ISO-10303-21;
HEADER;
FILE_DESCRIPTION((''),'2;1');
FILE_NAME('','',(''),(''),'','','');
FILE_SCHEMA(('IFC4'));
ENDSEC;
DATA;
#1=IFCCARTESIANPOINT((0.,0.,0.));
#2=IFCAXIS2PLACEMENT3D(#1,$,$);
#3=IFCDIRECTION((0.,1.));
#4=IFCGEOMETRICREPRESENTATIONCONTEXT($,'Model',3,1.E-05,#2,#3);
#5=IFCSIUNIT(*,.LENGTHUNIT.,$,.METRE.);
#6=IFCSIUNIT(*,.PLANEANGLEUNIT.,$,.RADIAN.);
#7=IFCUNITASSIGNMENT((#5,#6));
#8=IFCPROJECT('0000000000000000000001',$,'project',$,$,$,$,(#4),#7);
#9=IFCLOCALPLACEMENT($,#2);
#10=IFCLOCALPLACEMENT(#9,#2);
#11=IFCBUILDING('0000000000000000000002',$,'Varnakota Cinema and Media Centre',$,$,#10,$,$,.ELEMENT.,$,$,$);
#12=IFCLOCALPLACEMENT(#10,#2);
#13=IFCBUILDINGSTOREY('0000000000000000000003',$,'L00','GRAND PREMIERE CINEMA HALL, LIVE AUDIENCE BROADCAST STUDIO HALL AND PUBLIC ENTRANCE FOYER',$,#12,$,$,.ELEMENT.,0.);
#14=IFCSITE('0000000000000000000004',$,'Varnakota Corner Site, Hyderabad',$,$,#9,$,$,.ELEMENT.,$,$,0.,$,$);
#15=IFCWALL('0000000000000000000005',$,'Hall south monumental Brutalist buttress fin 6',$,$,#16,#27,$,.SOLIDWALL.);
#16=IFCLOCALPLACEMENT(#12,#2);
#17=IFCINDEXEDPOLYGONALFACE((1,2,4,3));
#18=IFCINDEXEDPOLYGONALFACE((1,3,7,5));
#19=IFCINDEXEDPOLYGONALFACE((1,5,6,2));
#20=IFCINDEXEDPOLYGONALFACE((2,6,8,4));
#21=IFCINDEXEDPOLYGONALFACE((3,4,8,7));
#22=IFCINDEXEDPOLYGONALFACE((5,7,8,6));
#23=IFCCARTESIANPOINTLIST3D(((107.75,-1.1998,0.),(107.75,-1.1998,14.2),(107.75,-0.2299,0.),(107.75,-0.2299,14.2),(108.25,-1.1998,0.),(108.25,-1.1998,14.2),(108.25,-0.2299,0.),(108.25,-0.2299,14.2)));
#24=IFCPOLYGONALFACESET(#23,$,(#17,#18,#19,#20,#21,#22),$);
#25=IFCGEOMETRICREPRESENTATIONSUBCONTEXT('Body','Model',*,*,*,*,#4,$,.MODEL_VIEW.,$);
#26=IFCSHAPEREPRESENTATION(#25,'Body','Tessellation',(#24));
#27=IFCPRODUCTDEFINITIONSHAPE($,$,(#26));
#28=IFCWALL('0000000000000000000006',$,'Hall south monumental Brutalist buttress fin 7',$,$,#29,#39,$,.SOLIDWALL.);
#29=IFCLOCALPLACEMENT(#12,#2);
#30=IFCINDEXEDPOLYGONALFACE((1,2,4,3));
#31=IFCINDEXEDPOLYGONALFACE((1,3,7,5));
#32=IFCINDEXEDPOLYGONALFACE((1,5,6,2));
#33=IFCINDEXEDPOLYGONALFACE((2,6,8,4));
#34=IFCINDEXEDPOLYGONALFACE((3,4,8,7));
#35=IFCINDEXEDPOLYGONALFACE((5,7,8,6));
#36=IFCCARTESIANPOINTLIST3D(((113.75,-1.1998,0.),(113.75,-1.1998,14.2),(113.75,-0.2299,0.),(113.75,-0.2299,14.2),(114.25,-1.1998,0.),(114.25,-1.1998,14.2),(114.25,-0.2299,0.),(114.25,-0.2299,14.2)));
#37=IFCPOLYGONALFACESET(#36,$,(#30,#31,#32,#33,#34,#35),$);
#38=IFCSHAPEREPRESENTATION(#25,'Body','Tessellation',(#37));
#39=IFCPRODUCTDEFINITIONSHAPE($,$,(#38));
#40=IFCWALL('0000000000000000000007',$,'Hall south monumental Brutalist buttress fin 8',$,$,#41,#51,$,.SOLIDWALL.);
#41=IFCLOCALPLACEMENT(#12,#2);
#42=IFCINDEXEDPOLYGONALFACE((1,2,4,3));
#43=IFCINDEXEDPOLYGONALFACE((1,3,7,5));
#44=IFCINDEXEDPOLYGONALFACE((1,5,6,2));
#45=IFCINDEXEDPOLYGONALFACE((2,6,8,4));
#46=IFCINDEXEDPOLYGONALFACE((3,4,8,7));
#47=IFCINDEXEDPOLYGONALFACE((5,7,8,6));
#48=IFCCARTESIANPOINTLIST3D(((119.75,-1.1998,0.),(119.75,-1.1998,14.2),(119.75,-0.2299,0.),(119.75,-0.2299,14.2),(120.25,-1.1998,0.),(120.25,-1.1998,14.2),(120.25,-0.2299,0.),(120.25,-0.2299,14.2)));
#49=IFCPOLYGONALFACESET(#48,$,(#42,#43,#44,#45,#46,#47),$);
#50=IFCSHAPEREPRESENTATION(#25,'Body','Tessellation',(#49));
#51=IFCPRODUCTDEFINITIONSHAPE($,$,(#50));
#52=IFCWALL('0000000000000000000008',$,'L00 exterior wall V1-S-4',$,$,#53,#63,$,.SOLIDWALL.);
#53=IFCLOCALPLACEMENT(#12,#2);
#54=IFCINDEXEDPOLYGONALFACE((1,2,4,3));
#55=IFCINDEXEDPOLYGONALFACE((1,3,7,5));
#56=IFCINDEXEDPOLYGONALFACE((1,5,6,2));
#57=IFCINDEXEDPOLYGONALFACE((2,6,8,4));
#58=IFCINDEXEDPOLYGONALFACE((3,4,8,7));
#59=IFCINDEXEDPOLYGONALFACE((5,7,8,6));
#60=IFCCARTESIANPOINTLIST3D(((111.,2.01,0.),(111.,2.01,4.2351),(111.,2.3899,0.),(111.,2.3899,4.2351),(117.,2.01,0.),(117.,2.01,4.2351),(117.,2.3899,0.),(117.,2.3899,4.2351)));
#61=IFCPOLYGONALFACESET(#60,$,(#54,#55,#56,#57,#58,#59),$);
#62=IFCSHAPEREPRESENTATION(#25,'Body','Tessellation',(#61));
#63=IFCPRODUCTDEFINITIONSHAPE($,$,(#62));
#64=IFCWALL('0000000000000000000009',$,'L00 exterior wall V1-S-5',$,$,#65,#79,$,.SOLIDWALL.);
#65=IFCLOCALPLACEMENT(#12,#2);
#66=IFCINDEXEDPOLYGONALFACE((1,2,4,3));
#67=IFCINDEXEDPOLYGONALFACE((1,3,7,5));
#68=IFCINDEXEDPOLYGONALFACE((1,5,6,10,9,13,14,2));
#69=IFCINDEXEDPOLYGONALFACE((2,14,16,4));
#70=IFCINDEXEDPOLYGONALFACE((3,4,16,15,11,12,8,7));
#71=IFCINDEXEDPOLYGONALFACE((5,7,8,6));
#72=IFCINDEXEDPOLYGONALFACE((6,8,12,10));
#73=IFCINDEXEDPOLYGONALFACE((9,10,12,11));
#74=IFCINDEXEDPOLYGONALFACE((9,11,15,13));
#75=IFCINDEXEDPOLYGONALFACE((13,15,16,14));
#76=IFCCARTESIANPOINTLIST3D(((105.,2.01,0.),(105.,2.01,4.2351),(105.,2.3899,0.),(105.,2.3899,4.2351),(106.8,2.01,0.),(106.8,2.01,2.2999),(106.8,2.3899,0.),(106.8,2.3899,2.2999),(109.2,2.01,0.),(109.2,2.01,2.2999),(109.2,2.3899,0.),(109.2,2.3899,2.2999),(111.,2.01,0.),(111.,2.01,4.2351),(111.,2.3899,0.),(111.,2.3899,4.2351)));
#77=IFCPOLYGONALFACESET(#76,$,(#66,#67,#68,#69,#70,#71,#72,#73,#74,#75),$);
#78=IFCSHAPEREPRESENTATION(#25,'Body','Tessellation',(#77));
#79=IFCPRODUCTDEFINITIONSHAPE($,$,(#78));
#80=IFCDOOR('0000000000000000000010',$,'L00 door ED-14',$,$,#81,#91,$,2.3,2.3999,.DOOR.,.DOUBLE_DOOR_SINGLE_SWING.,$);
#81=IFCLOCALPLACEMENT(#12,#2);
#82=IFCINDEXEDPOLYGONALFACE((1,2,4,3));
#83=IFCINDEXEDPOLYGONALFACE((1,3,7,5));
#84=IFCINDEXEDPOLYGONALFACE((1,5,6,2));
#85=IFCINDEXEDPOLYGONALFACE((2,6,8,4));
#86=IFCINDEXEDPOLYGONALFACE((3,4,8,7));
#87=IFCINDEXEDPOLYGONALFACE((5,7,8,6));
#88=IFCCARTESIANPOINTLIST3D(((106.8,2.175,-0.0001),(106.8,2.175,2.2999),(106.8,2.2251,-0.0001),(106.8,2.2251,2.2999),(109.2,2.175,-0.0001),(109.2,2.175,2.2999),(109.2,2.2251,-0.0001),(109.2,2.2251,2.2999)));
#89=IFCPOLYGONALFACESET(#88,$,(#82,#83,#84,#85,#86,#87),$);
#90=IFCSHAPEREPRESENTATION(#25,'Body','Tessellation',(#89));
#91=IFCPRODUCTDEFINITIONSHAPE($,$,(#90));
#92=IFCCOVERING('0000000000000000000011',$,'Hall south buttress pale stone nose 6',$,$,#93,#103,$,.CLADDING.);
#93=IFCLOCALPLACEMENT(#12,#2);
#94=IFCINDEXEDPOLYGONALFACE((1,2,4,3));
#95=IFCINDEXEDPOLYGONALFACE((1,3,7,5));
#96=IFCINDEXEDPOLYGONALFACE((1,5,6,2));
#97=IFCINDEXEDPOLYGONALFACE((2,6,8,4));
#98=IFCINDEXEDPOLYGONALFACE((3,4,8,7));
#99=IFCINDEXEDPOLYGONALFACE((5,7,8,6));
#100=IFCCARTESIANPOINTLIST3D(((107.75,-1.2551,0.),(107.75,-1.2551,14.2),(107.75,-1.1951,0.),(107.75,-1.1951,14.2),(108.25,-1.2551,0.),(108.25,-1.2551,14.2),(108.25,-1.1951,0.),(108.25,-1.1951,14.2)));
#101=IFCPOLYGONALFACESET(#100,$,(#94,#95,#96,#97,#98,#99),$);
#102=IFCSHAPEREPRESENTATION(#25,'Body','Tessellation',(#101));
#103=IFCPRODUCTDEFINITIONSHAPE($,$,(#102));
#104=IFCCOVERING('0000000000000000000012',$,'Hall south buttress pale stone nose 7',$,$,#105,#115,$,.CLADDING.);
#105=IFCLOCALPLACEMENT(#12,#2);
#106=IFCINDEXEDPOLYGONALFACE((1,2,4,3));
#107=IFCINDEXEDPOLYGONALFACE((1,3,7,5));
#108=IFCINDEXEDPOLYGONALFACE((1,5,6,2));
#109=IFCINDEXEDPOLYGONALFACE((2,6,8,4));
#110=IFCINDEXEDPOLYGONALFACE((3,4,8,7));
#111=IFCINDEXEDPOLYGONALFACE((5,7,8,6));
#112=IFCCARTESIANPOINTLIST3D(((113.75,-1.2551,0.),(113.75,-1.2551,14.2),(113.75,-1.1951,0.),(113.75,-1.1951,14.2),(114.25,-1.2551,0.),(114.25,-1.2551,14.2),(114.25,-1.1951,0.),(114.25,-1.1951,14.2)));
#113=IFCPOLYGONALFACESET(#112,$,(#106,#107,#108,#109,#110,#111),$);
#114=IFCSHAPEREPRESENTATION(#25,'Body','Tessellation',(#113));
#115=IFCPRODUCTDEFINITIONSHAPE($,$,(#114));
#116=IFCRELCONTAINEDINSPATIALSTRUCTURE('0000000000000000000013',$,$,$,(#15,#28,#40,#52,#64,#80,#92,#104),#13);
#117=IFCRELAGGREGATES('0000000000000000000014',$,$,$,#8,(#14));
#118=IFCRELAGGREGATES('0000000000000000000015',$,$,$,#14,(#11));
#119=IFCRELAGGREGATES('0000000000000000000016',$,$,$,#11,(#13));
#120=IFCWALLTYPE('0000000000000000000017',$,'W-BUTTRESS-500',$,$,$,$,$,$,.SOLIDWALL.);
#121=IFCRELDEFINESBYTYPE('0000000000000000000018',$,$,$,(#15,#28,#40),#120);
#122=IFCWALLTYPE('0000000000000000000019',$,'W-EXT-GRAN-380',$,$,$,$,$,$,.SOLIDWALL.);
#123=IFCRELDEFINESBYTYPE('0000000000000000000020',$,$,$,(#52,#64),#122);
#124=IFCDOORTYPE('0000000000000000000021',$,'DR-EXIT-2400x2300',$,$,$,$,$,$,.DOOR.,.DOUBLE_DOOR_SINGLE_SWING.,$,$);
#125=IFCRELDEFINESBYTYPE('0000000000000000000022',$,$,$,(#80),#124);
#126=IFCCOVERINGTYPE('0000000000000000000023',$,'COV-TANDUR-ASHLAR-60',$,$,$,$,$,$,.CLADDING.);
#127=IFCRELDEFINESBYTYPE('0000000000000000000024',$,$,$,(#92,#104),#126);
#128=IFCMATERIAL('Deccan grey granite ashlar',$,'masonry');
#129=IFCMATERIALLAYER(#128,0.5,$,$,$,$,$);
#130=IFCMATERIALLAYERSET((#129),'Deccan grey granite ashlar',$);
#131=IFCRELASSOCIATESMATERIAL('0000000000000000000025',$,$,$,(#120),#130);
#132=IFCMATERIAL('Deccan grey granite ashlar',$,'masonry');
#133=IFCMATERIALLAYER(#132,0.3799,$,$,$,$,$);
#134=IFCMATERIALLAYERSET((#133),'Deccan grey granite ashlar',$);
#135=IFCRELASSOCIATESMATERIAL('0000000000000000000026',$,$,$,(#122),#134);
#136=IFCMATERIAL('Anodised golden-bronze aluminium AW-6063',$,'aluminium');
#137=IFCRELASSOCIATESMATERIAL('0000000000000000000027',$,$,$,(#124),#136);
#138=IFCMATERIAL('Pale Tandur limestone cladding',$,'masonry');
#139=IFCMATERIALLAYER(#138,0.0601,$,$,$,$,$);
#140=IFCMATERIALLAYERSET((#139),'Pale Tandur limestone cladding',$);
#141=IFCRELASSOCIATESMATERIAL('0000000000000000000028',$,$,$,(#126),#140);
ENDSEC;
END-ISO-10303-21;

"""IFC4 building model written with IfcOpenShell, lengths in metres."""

from ifc_helpers import new_model, si_unit, direction, frame, frame_2d, origin, origin_2d, place, context, subcontext, project, spatial, rectangle, extrude, material, layer, layer_set, type_object, element, fill, save


model = new_model("IFC4")

# Units and contexts
model_context = context("Model", 3, precision=1e-05, world=origin(), true_north=direction((0.0, 1.0)))
body_context = subcontext(model_context, "Body", "Model", "MODEL_VIEW")
ifc_project = project(units=[si_unit("LENGTHUNIT", "METRE"), si_unit("PLANEANGLEUNIT", "RADIAN")], contexts=[model_context])

# Site, building, storey
site_placement = place(None, origin())
site = spatial("IfcSite", under=ifc_project, at=site_placement, Name="Varnakota Corner Site, Hyderabad", CompositionType="ELEMENT", RefElevation=0.0)
building_placement = place(site_placement, origin())
building = spatial("IfcBuilding", under=site, at=building_placement, Name="Varnakota Cinema and Media Centre", CompositionType="ELEMENT")
storey_placement = place(building_placement, origin())
storey = spatial("IfcBuildingStorey", under=building, at=storey_placement, Name="L00", Description="GRAND PREMIERE CINEMA HALL, LIVE AUDIENCE BROADCAST STUDIO HALL AND PUBLIC ENTRANCE FOYER", CompositionType="ELEMENT", Elevation=0.0)

# Walls
ifc_material_1 = material(Name="Deccan grey granite ashlar", Category="masonry")
ifc_layer_1 = layer(ifc_material_1, 0.5)
ifc_layer_set_1 = layer_set([ifc_layer_1], Name="Deccan grey granite ashlar")
wall_type_1 = type_object("IfcWallType", Name="W-BUTTRESS-500", PredefinedType="SOLIDWALL", material=ifc_layer_set_1)
for number, where, z_axis, x_axis, name in (
    (1, (108.0, -0.23, 0.0), (0.0, 0.0, 1.0), (0.0, -1.0, 0.0), "Hall south monumental Brutalist buttress fin 6"),
    (2, (114.0, -0.23, 0.0), (0.0, 0.0, 1.0), (0.0, -1.0, 0.0), "Hall south monumental Brutalist buttress fin 7"),
    (3, (120.0, -0.23, 0.0), (0.0, 0.0, 1.0), (0.0, -1.0, 0.0), "Hall south monumental Brutalist buttress fin 8"),
):
    element("IfcWall", number, at=place(storey_placement, frame(where, z_axis=z_axis, x_axis=x_axis)), inside=storey, type_object=wall_type_1, Name=name, PredefinedType="SOLIDWALL", context=body_context, shape_type="SweptSolid", body=[
        extrude(rectangle(XDim=0.97, YDim=0.5, at=frame_2d((0.4849, 0.0))), origin(), (0.0, 0.0, 1.0), 14.2),
    ])
ifc_material_2 = material(Name="Deccan grey granite ashlar", Category="masonry")
ifc_layer_2 = layer(ifc_material_2, 0.3799)
ifc_layer_set_2 = layer_set([ifc_layer_2], Name="Deccan grey granite ashlar")
wall_type_2 = type_object("IfcWallType", Name="W-EXT-GRAN-380", PredefinedType="SOLIDWALL", material=ifc_layer_set_2)
wall_1_placement = place(storey_placement, frame((117.0, 2.2, 0.0), z_axis=(0.0, 0.0, 1.0), x_axis=(-1.0, 0.0, 0.0)))
element("IfcWall", 4, at=wall_1_placement, inside=storey, type_object=wall_type_2, Name="L00 exterior wall V1-S-4", PredefinedType="SOLIDWALL", context=body_context, shape_type="SweptSolid", body=[
    extrude(rectangle(XDim=6.0, YDim=0.3799, at=frame_2d((3.0, 0.0))), origin(), (0.0, 0.0, 1.0), 4.2351),
])

# Wall, opening, door
wall_2_placement = place(storey_placement, frame((111.0, 2.2, 0.0), z_axis=(0.0, 0.0, 1.0), x_axis=(-1.0, 0.0, 0.0)))
wall_2 = element("IfcWall", 5, at=wall_2_placement, inside=storey, type_object=wall_type_2, Name="L00 exterior wall V1-S-5", PredefinedType="SOLIDWALL", context=body_context, shape_type="SweptSolid", body=[
    extrude(rectangle(XDim=6.0, YDim=0.3799, at=frame_2d((3.0, 0.0))), origin(), (0.0, 0.0, 1.0), 4.2351),
])
opening_placement = place(wall_2_placement, frame((1.8, 0.0, 0.0)))
opening = element("IfcOpeningElement", 6, at=opening_placement, cuts=wall_2, PredefinedType="OPENING", context=body_context, shape_type="SweptSolid", body=[
    extrude(rectangle(XDim=2.3999, YDim=2.3, at=frame_2d((1.2, 1.1499))), frame((0.0, 0.1899, 0.0), z_axis=(0.0, -1.0, 0.0), x_axis=(1.0, 0.0, 0.0)), (0.0, 0.0, 1.0), 0.3799),
])
ifc_material_3 = material(Name="Anodised golden-bronze aluminium AW-6063", Category="aluminium")
door_type = type_object("IfcDoorType", Name="DR-EXIT-2400x2300", OperationType="DOUBLE_DOOR_SINGLE_SWING", PredefinedType="DOOR", material=ifc_material_3)
door_placement = place(opening_placement, origin())
door = element("IfcDoor", 7, at=door_placement, inside=storey, type_object=door_type, Name="L00 door ED-14", OperationType="DOUBLE_DOOR_SINGLE_SWING", OverallHeight=2.3, OverallWidth=2.3999, PredefinedType="DOOR", context=body_context, shape_type="SweptSolid", body=[
    extrude(rectangle(XDim=2.3999, YDim=2.3, at=frame_2d((1.2, 1.1499))), frame((0.0, 0.0249, 0.0), z_axis=(0.0, -1.0, 0.0), x_axis=(1.0, 0.0, 0.0)), (0.0, 0.0, 1.0), 0.05),
])
fill(opening, door)

# Coverings
ifc_material_4 = material(Name="Pale Tandur limestone cladding", Category="masonry")
ifc_layer_3 = layer(ifc_material_4, 0.0601)
ifc_layer_set_3 = layer_set([ifc_layer_3], Name="Pale Tandur limestone cladding")
covering_type = type_object("IfcCoveringType", Name="COV-TANDUR-ASHLAR-60", PredefinedType="CLADDING", material=ifc_layer_set_3)
for number, where, z_axis, x_axis, name in (
    (8, (108.0, -1.2251, 0.0), (0.0, 0.0, 1.0), (1.0, 0.0, 0.0), "Hall south buttress pale stone nose 6"),
    (9, (114.0, -1.2251, 0.0), (0.0, 0.0, 1.0), (1.0, 0.0, 0.0), "Hall south buttress pale stone nose 7"),
):
    element("IfcCovering", number, at=place(storey_placement, frame(where, z_axis=z_axis, x_axis=x_axis)), inside=storey, type_object=covering_type, Name=name, PredefinedType="CLADDING", context=body_context, shape_type="SweptSolid", body=[
        extrude(rectangle(XDim=0.5, YDim=0.0601, at=origin_2d()), origin(), (0.0, 0.0, 1.0), 14.2),
    ])

save(model, "model.ifc")
